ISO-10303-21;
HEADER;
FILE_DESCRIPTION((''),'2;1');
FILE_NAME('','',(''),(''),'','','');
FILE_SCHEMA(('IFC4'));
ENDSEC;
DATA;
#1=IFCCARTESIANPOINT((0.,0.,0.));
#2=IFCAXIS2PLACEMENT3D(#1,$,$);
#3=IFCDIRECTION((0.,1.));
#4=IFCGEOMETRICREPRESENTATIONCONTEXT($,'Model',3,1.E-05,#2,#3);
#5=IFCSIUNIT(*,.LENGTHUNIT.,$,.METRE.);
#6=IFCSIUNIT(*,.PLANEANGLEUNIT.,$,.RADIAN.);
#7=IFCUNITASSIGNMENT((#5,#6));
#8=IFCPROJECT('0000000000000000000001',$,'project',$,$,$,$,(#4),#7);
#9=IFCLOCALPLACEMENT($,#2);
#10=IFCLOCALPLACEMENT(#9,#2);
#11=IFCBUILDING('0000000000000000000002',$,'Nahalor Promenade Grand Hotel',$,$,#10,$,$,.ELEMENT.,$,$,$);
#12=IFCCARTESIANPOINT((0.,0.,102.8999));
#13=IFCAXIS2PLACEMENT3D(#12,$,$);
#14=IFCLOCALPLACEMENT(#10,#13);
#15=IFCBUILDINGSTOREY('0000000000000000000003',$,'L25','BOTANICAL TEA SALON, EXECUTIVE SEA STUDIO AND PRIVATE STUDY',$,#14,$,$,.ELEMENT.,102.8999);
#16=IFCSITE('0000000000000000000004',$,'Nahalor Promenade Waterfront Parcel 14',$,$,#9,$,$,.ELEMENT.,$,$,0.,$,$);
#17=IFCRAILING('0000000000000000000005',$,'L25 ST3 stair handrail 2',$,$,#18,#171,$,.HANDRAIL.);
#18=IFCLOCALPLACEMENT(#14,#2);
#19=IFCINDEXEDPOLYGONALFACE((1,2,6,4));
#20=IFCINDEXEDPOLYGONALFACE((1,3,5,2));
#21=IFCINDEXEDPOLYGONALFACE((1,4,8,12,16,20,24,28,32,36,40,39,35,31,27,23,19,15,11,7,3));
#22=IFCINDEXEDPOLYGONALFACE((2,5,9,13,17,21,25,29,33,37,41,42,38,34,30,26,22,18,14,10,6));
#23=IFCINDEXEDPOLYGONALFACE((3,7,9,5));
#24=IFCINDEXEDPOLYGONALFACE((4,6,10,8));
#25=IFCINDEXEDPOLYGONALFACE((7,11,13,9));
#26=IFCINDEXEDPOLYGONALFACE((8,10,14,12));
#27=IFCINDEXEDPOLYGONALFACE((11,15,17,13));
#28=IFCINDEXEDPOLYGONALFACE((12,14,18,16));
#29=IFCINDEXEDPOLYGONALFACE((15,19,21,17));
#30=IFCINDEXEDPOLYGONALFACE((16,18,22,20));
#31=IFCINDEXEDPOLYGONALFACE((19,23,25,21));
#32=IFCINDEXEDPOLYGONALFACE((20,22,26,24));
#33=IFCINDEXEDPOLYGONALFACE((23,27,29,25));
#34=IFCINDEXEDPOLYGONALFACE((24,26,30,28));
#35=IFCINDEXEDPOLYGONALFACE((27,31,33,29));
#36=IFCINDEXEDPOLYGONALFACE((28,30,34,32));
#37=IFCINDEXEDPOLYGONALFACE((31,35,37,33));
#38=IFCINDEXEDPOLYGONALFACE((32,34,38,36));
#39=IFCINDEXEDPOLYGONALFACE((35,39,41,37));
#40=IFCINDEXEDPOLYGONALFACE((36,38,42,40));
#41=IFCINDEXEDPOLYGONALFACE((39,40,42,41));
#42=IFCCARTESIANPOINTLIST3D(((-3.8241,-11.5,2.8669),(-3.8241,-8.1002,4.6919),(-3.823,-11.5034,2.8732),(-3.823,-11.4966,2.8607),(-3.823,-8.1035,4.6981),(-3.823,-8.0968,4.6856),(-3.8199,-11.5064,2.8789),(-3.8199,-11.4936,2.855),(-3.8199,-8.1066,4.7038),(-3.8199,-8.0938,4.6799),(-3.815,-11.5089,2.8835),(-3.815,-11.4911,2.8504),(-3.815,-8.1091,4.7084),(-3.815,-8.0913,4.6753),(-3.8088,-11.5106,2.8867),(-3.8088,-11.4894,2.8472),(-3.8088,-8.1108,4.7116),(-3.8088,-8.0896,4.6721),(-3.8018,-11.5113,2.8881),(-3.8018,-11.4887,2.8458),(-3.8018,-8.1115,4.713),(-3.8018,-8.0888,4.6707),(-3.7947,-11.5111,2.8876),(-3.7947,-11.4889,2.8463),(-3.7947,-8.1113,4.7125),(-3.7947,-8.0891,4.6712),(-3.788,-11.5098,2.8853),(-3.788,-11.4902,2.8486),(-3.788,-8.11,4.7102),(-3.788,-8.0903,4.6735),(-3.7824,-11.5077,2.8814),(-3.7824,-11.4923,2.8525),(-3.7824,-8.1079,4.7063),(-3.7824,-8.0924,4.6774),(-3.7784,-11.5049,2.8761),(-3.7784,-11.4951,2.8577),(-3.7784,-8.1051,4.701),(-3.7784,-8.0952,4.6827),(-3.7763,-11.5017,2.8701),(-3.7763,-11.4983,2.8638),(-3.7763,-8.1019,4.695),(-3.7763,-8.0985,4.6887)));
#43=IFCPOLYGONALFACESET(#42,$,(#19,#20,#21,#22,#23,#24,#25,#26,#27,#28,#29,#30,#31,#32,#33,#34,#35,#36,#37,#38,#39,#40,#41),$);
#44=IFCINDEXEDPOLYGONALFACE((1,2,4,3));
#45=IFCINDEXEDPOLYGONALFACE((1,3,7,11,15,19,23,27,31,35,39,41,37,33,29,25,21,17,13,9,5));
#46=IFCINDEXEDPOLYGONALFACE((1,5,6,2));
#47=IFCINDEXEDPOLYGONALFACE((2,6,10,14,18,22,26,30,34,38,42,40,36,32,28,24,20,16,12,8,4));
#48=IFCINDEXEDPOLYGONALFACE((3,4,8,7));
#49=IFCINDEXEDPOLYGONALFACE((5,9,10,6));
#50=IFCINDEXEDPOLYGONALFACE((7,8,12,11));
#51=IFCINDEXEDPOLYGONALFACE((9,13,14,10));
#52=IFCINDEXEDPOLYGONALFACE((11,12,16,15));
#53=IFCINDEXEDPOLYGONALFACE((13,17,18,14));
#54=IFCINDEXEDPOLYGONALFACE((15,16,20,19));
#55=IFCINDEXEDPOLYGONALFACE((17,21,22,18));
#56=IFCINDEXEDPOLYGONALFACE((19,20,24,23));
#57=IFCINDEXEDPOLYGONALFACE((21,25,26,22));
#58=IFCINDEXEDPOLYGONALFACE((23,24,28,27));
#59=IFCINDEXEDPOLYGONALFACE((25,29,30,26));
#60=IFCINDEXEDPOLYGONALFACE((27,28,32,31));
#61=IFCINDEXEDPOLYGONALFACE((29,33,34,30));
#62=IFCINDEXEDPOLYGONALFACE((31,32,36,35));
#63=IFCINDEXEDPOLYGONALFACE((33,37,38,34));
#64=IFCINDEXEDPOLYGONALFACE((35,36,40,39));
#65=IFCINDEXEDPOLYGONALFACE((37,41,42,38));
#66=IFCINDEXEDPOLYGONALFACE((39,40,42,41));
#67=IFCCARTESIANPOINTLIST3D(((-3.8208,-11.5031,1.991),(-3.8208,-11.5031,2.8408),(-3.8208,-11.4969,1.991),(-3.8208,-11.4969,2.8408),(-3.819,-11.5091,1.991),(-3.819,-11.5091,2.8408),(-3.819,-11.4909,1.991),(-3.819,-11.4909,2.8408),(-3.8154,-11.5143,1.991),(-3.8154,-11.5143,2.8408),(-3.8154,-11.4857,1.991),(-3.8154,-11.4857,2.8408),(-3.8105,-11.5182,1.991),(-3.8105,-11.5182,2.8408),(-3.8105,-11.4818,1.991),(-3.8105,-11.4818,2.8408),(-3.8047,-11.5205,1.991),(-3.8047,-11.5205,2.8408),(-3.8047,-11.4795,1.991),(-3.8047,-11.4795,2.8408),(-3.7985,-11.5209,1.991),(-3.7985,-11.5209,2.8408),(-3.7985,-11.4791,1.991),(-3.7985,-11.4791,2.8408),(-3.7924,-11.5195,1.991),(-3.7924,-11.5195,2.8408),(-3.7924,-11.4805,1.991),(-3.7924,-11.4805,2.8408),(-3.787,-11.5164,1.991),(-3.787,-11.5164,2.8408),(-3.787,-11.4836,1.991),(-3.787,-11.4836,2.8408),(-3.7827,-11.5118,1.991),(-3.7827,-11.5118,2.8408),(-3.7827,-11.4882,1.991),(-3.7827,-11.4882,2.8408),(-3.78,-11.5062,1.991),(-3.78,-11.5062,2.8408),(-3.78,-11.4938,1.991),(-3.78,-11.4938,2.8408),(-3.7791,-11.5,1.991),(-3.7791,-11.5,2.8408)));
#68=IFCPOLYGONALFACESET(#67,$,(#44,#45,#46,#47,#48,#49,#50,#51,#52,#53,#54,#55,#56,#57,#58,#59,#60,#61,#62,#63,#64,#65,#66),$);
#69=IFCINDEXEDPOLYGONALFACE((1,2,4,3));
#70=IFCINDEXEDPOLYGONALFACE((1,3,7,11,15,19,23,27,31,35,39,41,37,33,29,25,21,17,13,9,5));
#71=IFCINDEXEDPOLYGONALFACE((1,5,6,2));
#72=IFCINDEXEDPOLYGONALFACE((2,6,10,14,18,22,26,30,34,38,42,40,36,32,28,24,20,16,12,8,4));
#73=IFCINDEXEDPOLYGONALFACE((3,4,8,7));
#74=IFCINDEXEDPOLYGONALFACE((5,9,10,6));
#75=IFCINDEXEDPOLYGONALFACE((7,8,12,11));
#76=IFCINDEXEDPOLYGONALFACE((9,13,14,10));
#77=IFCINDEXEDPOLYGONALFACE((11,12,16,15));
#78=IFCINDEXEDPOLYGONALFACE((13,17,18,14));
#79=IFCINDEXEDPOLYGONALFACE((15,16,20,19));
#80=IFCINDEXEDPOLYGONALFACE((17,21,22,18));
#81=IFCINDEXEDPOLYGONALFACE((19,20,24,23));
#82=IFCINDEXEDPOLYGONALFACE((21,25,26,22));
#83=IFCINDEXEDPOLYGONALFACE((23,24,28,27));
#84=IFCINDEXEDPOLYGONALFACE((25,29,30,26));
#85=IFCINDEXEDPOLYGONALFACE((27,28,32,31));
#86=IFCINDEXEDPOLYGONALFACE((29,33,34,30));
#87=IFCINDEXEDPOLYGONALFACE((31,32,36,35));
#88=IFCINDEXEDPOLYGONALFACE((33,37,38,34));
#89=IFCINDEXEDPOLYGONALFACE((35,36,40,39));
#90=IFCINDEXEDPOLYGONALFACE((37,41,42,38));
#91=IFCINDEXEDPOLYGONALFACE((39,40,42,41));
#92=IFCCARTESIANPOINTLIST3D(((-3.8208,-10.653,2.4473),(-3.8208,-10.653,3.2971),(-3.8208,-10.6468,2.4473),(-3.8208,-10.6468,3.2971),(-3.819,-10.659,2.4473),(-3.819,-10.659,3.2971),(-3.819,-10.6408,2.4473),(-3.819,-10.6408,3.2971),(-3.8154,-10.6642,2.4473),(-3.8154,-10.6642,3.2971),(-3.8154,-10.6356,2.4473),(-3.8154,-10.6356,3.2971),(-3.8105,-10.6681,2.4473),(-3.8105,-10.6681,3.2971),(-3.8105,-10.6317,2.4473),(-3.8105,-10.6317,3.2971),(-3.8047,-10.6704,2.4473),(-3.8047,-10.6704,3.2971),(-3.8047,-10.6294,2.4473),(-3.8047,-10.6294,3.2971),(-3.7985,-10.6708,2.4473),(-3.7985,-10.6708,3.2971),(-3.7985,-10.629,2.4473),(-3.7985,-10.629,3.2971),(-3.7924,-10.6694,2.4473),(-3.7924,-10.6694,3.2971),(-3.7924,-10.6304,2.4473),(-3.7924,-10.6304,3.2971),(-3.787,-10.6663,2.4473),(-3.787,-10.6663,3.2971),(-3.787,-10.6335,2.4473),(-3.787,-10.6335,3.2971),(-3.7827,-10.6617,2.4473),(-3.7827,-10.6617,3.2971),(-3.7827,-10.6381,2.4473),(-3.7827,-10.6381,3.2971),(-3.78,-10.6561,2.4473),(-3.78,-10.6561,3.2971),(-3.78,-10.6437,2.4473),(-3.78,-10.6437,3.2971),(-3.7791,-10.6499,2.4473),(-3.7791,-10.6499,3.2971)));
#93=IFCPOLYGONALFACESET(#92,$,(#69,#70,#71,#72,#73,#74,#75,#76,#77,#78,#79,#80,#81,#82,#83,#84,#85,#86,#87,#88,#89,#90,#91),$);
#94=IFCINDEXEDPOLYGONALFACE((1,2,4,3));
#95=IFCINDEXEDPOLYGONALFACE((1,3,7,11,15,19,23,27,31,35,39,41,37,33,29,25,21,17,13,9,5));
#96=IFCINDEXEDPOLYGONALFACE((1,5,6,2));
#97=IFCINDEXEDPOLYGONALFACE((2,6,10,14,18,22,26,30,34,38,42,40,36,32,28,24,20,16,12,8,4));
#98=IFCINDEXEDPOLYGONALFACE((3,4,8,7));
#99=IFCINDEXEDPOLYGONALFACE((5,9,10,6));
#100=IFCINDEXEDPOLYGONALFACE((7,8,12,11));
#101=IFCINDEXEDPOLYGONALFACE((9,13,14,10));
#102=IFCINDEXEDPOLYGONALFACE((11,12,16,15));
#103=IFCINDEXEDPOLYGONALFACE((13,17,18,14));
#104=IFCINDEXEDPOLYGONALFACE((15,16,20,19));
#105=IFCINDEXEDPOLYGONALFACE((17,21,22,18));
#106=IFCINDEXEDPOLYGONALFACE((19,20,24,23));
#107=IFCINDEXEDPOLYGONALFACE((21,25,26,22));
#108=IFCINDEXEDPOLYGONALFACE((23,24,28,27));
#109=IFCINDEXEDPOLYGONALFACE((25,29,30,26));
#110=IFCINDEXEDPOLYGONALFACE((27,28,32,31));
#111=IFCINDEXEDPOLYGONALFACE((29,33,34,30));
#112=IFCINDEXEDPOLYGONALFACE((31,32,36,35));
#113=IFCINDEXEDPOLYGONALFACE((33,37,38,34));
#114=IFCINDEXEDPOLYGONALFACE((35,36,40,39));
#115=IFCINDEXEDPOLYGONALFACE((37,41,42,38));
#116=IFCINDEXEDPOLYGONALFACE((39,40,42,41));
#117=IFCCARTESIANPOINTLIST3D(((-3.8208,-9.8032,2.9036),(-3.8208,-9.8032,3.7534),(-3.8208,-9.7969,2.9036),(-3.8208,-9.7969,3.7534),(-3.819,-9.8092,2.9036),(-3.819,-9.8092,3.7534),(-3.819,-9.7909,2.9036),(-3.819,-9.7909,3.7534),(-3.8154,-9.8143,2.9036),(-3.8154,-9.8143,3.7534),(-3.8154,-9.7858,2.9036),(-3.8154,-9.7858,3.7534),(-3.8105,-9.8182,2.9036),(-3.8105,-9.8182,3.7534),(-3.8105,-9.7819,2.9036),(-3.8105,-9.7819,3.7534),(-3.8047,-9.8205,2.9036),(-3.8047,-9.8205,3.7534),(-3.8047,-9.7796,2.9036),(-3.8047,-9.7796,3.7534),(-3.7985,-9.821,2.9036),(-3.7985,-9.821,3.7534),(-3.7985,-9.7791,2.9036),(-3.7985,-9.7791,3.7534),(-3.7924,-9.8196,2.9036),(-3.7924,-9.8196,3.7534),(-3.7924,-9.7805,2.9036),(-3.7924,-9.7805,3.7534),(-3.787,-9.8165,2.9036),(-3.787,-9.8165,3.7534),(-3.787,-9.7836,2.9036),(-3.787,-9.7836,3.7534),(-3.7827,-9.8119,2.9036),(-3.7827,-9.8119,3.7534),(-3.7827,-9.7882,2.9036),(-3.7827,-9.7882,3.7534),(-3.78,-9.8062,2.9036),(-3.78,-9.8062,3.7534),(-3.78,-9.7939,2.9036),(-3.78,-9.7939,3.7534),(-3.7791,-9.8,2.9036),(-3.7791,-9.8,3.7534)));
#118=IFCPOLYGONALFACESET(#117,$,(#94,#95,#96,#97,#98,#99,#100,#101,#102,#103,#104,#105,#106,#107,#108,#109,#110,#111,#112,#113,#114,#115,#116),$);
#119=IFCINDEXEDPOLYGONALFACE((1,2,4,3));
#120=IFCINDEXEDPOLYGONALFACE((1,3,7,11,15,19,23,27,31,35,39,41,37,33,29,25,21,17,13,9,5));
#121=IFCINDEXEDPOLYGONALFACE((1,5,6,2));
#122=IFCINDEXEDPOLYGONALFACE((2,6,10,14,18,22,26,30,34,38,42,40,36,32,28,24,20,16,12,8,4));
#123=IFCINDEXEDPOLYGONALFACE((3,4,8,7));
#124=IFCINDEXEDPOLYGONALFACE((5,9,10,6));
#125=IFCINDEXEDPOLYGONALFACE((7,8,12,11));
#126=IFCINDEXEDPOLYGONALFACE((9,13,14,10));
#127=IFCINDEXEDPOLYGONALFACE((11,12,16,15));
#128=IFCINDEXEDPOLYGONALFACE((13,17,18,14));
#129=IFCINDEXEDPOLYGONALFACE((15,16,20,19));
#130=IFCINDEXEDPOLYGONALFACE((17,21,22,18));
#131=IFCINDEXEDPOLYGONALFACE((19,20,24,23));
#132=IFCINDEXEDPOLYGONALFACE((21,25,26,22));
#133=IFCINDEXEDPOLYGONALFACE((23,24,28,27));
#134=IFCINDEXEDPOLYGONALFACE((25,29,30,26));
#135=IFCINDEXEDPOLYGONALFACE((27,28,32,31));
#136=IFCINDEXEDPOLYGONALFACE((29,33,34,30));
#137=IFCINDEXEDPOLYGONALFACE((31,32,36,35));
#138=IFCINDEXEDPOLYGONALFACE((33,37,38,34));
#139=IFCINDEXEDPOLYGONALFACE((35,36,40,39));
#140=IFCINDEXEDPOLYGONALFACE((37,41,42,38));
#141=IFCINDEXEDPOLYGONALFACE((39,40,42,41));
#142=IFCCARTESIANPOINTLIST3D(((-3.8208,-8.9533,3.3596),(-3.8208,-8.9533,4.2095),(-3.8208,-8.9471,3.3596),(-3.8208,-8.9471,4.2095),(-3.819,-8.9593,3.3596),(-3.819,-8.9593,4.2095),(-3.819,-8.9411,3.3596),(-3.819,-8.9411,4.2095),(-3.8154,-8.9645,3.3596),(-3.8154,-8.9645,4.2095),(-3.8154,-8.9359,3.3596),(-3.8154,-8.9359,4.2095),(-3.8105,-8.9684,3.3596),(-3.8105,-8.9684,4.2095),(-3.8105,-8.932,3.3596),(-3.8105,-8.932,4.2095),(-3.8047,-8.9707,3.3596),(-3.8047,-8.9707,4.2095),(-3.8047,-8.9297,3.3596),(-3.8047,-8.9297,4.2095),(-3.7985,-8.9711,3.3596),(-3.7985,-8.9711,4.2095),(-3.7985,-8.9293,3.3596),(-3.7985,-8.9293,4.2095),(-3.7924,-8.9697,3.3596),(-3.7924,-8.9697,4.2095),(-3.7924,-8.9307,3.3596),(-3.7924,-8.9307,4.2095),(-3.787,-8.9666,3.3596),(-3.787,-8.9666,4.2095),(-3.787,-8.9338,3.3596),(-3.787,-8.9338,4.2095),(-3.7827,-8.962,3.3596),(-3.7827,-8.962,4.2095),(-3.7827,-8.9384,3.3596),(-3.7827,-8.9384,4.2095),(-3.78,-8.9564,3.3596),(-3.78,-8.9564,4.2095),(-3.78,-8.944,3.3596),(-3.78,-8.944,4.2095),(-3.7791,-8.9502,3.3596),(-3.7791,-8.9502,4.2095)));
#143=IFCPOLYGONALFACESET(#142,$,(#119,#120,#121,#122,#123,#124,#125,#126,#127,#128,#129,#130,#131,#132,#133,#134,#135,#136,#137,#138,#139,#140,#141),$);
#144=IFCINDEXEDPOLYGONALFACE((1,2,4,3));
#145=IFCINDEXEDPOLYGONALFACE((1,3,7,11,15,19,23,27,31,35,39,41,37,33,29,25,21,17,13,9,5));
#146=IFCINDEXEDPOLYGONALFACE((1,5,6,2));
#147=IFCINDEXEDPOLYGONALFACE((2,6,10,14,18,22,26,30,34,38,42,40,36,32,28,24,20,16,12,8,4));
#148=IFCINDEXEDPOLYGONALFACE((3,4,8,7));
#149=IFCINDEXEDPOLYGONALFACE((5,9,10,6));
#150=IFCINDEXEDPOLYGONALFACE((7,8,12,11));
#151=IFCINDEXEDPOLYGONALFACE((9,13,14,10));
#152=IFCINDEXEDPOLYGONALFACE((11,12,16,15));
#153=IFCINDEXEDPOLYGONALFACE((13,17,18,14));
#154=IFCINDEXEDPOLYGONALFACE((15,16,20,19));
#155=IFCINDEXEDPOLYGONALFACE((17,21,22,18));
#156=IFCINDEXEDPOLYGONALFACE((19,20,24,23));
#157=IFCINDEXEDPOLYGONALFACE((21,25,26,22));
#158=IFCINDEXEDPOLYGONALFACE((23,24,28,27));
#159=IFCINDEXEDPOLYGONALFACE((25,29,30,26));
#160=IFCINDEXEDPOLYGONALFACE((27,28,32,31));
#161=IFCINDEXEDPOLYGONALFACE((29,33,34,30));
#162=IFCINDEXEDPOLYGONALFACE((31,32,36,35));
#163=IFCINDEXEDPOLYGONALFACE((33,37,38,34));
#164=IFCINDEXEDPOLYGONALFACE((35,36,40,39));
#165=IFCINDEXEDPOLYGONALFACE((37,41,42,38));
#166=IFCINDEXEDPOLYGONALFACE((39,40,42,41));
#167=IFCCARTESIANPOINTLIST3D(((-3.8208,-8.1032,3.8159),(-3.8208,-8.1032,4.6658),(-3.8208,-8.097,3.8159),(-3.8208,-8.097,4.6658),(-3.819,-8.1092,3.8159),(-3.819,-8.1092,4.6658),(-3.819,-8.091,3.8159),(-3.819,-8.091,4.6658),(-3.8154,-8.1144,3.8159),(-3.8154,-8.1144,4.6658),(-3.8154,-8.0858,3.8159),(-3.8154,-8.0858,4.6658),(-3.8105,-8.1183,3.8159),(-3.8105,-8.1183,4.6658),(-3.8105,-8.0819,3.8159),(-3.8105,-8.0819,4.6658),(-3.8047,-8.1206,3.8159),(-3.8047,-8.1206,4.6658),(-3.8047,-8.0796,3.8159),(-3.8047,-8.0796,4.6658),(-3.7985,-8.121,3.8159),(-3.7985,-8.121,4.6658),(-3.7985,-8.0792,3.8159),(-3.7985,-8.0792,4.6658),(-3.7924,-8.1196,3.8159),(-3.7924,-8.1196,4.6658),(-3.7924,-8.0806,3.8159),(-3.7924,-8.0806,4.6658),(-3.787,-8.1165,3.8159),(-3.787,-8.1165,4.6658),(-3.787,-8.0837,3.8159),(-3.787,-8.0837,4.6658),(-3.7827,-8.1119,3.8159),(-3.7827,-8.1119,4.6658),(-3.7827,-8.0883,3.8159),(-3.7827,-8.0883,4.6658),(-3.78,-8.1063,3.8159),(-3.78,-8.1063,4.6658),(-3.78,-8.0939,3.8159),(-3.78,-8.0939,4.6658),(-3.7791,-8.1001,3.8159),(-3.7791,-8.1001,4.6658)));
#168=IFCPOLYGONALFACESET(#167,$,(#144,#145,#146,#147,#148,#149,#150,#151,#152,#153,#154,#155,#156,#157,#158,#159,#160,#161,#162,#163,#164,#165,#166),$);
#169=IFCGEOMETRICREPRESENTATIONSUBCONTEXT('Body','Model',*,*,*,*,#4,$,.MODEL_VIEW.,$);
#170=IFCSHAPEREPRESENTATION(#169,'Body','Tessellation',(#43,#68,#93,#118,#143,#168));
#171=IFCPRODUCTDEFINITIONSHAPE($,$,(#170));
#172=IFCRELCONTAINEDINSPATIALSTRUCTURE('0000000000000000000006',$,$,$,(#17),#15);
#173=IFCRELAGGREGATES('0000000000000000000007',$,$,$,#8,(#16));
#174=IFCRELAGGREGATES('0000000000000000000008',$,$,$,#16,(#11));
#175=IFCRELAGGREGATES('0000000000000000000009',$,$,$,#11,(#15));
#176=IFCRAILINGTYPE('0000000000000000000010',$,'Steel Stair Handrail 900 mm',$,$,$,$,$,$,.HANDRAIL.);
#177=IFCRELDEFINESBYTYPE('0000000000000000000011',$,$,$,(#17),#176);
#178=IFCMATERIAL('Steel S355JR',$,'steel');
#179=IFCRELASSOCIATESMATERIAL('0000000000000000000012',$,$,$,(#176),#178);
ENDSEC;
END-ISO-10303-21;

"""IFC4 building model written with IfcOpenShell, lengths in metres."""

from ifc_helpers import new_model, si_unit, direction, frame, origin, origin_2d, place, context, subcontext, project, spatial, circle, extrude, material, type_object, element, save


model = new_model("IFC4")

# Units and contexts
model_context = context("Model", 3, precision=1e-05, world=origin(), true_north=direction((0.0, 1.0)))
body_context = subcontext(model_context, "Body", "Model", "MODEL_VIEW")
ifc_project = project(units=[si_unit("LENGTHUNIT", "METRE"), si_unit("PLANEANGLEUNIT", "RADIAN")], contexts=[model_context])

# Site, building, storey
site_placement = place(None, origin())
site = spatial("IfcSite", under=ifc_project, at=site_placement, Name="Nahalor Promenade Waterfront Parcel 14", CompositionType="ELEMENT", RefElevation=0.0)
building_placement = place(site_placement, origin())
building = spatial("IfcBuilding", under=site, at=building_placement, Name="Nahalor Promenade Grand Hotel", CompositionType="ELEMENT")
storey_placement = place(building_placement, frame((0.0, 0.0, 102.8999)))
storey = spatial("IfcBuildingStorey", under=building, at=storey_placement, Name="L25", Description="BOTANICAL TEA SALON, EXECUTIVE SEA STUDIO AND PRIVATE STUDY", CompositionType="ELEMENT", Elevation=102.8999)

# Shared definitions
ifc_material_1 = material(Name="Steel S355JR", Category="steel")

# Railing
railing_type_1 = type_object("IfcRailingType", Name="Steel Stair Handrail 900 mm", PredefinedType="HANDRAIL", material=ifc_material_1)
railing_1_placement = place(storey_placement, frame((-3.8, -11.5, 1.991)))
element("IfcRailing", 1, at=railing_1_placement, inside=storey, type_object=railing_type_1, Name="L25 ST3 stair handrail 2", PredefinedType="HANDRAIL", context=body_context, shape_type="SweptSolid", body=[
    extrude(circle(Radius=0.024, at=origin_2d()), frame((0.0, 0.0, 0.876), z_axis=(0.0, 0.881094, 0.472941), x_axis=(-1.0, 0.0, 0.0)), (0.0, 0.0, 1.0), 3.8586),
    extrude(circle(Radius=0.021, at=origin_2d()), origin(), (0.0, 0.0, 1.0), 0.8499),
    extrude(circle(Radius=0.021, at=origin_2d()), frame((0.0, 0.8501, 0.4563)), (0.0, 0.0, 1.0), 0.8499),
    extrude(circle(Radius=0.021, at=origin_2d()), frame((0.0, 1.7, 0.9126)), (0.0, 0.0, 1.0), 0.8499),
    extrude(circle(Radius=0.021, at=origin_2d()), frame((0.0, 2.5498, 1.3687)), (0.0, 0.0, 1.0), 0.8499),
    extrude(circle(Radius=0.021, at=origin_2d()), frame((0.0, 3.3999, 1.825)), (0.0, 0.0, 1.0), 0.8499),
])

save(model, "model.ifc")
